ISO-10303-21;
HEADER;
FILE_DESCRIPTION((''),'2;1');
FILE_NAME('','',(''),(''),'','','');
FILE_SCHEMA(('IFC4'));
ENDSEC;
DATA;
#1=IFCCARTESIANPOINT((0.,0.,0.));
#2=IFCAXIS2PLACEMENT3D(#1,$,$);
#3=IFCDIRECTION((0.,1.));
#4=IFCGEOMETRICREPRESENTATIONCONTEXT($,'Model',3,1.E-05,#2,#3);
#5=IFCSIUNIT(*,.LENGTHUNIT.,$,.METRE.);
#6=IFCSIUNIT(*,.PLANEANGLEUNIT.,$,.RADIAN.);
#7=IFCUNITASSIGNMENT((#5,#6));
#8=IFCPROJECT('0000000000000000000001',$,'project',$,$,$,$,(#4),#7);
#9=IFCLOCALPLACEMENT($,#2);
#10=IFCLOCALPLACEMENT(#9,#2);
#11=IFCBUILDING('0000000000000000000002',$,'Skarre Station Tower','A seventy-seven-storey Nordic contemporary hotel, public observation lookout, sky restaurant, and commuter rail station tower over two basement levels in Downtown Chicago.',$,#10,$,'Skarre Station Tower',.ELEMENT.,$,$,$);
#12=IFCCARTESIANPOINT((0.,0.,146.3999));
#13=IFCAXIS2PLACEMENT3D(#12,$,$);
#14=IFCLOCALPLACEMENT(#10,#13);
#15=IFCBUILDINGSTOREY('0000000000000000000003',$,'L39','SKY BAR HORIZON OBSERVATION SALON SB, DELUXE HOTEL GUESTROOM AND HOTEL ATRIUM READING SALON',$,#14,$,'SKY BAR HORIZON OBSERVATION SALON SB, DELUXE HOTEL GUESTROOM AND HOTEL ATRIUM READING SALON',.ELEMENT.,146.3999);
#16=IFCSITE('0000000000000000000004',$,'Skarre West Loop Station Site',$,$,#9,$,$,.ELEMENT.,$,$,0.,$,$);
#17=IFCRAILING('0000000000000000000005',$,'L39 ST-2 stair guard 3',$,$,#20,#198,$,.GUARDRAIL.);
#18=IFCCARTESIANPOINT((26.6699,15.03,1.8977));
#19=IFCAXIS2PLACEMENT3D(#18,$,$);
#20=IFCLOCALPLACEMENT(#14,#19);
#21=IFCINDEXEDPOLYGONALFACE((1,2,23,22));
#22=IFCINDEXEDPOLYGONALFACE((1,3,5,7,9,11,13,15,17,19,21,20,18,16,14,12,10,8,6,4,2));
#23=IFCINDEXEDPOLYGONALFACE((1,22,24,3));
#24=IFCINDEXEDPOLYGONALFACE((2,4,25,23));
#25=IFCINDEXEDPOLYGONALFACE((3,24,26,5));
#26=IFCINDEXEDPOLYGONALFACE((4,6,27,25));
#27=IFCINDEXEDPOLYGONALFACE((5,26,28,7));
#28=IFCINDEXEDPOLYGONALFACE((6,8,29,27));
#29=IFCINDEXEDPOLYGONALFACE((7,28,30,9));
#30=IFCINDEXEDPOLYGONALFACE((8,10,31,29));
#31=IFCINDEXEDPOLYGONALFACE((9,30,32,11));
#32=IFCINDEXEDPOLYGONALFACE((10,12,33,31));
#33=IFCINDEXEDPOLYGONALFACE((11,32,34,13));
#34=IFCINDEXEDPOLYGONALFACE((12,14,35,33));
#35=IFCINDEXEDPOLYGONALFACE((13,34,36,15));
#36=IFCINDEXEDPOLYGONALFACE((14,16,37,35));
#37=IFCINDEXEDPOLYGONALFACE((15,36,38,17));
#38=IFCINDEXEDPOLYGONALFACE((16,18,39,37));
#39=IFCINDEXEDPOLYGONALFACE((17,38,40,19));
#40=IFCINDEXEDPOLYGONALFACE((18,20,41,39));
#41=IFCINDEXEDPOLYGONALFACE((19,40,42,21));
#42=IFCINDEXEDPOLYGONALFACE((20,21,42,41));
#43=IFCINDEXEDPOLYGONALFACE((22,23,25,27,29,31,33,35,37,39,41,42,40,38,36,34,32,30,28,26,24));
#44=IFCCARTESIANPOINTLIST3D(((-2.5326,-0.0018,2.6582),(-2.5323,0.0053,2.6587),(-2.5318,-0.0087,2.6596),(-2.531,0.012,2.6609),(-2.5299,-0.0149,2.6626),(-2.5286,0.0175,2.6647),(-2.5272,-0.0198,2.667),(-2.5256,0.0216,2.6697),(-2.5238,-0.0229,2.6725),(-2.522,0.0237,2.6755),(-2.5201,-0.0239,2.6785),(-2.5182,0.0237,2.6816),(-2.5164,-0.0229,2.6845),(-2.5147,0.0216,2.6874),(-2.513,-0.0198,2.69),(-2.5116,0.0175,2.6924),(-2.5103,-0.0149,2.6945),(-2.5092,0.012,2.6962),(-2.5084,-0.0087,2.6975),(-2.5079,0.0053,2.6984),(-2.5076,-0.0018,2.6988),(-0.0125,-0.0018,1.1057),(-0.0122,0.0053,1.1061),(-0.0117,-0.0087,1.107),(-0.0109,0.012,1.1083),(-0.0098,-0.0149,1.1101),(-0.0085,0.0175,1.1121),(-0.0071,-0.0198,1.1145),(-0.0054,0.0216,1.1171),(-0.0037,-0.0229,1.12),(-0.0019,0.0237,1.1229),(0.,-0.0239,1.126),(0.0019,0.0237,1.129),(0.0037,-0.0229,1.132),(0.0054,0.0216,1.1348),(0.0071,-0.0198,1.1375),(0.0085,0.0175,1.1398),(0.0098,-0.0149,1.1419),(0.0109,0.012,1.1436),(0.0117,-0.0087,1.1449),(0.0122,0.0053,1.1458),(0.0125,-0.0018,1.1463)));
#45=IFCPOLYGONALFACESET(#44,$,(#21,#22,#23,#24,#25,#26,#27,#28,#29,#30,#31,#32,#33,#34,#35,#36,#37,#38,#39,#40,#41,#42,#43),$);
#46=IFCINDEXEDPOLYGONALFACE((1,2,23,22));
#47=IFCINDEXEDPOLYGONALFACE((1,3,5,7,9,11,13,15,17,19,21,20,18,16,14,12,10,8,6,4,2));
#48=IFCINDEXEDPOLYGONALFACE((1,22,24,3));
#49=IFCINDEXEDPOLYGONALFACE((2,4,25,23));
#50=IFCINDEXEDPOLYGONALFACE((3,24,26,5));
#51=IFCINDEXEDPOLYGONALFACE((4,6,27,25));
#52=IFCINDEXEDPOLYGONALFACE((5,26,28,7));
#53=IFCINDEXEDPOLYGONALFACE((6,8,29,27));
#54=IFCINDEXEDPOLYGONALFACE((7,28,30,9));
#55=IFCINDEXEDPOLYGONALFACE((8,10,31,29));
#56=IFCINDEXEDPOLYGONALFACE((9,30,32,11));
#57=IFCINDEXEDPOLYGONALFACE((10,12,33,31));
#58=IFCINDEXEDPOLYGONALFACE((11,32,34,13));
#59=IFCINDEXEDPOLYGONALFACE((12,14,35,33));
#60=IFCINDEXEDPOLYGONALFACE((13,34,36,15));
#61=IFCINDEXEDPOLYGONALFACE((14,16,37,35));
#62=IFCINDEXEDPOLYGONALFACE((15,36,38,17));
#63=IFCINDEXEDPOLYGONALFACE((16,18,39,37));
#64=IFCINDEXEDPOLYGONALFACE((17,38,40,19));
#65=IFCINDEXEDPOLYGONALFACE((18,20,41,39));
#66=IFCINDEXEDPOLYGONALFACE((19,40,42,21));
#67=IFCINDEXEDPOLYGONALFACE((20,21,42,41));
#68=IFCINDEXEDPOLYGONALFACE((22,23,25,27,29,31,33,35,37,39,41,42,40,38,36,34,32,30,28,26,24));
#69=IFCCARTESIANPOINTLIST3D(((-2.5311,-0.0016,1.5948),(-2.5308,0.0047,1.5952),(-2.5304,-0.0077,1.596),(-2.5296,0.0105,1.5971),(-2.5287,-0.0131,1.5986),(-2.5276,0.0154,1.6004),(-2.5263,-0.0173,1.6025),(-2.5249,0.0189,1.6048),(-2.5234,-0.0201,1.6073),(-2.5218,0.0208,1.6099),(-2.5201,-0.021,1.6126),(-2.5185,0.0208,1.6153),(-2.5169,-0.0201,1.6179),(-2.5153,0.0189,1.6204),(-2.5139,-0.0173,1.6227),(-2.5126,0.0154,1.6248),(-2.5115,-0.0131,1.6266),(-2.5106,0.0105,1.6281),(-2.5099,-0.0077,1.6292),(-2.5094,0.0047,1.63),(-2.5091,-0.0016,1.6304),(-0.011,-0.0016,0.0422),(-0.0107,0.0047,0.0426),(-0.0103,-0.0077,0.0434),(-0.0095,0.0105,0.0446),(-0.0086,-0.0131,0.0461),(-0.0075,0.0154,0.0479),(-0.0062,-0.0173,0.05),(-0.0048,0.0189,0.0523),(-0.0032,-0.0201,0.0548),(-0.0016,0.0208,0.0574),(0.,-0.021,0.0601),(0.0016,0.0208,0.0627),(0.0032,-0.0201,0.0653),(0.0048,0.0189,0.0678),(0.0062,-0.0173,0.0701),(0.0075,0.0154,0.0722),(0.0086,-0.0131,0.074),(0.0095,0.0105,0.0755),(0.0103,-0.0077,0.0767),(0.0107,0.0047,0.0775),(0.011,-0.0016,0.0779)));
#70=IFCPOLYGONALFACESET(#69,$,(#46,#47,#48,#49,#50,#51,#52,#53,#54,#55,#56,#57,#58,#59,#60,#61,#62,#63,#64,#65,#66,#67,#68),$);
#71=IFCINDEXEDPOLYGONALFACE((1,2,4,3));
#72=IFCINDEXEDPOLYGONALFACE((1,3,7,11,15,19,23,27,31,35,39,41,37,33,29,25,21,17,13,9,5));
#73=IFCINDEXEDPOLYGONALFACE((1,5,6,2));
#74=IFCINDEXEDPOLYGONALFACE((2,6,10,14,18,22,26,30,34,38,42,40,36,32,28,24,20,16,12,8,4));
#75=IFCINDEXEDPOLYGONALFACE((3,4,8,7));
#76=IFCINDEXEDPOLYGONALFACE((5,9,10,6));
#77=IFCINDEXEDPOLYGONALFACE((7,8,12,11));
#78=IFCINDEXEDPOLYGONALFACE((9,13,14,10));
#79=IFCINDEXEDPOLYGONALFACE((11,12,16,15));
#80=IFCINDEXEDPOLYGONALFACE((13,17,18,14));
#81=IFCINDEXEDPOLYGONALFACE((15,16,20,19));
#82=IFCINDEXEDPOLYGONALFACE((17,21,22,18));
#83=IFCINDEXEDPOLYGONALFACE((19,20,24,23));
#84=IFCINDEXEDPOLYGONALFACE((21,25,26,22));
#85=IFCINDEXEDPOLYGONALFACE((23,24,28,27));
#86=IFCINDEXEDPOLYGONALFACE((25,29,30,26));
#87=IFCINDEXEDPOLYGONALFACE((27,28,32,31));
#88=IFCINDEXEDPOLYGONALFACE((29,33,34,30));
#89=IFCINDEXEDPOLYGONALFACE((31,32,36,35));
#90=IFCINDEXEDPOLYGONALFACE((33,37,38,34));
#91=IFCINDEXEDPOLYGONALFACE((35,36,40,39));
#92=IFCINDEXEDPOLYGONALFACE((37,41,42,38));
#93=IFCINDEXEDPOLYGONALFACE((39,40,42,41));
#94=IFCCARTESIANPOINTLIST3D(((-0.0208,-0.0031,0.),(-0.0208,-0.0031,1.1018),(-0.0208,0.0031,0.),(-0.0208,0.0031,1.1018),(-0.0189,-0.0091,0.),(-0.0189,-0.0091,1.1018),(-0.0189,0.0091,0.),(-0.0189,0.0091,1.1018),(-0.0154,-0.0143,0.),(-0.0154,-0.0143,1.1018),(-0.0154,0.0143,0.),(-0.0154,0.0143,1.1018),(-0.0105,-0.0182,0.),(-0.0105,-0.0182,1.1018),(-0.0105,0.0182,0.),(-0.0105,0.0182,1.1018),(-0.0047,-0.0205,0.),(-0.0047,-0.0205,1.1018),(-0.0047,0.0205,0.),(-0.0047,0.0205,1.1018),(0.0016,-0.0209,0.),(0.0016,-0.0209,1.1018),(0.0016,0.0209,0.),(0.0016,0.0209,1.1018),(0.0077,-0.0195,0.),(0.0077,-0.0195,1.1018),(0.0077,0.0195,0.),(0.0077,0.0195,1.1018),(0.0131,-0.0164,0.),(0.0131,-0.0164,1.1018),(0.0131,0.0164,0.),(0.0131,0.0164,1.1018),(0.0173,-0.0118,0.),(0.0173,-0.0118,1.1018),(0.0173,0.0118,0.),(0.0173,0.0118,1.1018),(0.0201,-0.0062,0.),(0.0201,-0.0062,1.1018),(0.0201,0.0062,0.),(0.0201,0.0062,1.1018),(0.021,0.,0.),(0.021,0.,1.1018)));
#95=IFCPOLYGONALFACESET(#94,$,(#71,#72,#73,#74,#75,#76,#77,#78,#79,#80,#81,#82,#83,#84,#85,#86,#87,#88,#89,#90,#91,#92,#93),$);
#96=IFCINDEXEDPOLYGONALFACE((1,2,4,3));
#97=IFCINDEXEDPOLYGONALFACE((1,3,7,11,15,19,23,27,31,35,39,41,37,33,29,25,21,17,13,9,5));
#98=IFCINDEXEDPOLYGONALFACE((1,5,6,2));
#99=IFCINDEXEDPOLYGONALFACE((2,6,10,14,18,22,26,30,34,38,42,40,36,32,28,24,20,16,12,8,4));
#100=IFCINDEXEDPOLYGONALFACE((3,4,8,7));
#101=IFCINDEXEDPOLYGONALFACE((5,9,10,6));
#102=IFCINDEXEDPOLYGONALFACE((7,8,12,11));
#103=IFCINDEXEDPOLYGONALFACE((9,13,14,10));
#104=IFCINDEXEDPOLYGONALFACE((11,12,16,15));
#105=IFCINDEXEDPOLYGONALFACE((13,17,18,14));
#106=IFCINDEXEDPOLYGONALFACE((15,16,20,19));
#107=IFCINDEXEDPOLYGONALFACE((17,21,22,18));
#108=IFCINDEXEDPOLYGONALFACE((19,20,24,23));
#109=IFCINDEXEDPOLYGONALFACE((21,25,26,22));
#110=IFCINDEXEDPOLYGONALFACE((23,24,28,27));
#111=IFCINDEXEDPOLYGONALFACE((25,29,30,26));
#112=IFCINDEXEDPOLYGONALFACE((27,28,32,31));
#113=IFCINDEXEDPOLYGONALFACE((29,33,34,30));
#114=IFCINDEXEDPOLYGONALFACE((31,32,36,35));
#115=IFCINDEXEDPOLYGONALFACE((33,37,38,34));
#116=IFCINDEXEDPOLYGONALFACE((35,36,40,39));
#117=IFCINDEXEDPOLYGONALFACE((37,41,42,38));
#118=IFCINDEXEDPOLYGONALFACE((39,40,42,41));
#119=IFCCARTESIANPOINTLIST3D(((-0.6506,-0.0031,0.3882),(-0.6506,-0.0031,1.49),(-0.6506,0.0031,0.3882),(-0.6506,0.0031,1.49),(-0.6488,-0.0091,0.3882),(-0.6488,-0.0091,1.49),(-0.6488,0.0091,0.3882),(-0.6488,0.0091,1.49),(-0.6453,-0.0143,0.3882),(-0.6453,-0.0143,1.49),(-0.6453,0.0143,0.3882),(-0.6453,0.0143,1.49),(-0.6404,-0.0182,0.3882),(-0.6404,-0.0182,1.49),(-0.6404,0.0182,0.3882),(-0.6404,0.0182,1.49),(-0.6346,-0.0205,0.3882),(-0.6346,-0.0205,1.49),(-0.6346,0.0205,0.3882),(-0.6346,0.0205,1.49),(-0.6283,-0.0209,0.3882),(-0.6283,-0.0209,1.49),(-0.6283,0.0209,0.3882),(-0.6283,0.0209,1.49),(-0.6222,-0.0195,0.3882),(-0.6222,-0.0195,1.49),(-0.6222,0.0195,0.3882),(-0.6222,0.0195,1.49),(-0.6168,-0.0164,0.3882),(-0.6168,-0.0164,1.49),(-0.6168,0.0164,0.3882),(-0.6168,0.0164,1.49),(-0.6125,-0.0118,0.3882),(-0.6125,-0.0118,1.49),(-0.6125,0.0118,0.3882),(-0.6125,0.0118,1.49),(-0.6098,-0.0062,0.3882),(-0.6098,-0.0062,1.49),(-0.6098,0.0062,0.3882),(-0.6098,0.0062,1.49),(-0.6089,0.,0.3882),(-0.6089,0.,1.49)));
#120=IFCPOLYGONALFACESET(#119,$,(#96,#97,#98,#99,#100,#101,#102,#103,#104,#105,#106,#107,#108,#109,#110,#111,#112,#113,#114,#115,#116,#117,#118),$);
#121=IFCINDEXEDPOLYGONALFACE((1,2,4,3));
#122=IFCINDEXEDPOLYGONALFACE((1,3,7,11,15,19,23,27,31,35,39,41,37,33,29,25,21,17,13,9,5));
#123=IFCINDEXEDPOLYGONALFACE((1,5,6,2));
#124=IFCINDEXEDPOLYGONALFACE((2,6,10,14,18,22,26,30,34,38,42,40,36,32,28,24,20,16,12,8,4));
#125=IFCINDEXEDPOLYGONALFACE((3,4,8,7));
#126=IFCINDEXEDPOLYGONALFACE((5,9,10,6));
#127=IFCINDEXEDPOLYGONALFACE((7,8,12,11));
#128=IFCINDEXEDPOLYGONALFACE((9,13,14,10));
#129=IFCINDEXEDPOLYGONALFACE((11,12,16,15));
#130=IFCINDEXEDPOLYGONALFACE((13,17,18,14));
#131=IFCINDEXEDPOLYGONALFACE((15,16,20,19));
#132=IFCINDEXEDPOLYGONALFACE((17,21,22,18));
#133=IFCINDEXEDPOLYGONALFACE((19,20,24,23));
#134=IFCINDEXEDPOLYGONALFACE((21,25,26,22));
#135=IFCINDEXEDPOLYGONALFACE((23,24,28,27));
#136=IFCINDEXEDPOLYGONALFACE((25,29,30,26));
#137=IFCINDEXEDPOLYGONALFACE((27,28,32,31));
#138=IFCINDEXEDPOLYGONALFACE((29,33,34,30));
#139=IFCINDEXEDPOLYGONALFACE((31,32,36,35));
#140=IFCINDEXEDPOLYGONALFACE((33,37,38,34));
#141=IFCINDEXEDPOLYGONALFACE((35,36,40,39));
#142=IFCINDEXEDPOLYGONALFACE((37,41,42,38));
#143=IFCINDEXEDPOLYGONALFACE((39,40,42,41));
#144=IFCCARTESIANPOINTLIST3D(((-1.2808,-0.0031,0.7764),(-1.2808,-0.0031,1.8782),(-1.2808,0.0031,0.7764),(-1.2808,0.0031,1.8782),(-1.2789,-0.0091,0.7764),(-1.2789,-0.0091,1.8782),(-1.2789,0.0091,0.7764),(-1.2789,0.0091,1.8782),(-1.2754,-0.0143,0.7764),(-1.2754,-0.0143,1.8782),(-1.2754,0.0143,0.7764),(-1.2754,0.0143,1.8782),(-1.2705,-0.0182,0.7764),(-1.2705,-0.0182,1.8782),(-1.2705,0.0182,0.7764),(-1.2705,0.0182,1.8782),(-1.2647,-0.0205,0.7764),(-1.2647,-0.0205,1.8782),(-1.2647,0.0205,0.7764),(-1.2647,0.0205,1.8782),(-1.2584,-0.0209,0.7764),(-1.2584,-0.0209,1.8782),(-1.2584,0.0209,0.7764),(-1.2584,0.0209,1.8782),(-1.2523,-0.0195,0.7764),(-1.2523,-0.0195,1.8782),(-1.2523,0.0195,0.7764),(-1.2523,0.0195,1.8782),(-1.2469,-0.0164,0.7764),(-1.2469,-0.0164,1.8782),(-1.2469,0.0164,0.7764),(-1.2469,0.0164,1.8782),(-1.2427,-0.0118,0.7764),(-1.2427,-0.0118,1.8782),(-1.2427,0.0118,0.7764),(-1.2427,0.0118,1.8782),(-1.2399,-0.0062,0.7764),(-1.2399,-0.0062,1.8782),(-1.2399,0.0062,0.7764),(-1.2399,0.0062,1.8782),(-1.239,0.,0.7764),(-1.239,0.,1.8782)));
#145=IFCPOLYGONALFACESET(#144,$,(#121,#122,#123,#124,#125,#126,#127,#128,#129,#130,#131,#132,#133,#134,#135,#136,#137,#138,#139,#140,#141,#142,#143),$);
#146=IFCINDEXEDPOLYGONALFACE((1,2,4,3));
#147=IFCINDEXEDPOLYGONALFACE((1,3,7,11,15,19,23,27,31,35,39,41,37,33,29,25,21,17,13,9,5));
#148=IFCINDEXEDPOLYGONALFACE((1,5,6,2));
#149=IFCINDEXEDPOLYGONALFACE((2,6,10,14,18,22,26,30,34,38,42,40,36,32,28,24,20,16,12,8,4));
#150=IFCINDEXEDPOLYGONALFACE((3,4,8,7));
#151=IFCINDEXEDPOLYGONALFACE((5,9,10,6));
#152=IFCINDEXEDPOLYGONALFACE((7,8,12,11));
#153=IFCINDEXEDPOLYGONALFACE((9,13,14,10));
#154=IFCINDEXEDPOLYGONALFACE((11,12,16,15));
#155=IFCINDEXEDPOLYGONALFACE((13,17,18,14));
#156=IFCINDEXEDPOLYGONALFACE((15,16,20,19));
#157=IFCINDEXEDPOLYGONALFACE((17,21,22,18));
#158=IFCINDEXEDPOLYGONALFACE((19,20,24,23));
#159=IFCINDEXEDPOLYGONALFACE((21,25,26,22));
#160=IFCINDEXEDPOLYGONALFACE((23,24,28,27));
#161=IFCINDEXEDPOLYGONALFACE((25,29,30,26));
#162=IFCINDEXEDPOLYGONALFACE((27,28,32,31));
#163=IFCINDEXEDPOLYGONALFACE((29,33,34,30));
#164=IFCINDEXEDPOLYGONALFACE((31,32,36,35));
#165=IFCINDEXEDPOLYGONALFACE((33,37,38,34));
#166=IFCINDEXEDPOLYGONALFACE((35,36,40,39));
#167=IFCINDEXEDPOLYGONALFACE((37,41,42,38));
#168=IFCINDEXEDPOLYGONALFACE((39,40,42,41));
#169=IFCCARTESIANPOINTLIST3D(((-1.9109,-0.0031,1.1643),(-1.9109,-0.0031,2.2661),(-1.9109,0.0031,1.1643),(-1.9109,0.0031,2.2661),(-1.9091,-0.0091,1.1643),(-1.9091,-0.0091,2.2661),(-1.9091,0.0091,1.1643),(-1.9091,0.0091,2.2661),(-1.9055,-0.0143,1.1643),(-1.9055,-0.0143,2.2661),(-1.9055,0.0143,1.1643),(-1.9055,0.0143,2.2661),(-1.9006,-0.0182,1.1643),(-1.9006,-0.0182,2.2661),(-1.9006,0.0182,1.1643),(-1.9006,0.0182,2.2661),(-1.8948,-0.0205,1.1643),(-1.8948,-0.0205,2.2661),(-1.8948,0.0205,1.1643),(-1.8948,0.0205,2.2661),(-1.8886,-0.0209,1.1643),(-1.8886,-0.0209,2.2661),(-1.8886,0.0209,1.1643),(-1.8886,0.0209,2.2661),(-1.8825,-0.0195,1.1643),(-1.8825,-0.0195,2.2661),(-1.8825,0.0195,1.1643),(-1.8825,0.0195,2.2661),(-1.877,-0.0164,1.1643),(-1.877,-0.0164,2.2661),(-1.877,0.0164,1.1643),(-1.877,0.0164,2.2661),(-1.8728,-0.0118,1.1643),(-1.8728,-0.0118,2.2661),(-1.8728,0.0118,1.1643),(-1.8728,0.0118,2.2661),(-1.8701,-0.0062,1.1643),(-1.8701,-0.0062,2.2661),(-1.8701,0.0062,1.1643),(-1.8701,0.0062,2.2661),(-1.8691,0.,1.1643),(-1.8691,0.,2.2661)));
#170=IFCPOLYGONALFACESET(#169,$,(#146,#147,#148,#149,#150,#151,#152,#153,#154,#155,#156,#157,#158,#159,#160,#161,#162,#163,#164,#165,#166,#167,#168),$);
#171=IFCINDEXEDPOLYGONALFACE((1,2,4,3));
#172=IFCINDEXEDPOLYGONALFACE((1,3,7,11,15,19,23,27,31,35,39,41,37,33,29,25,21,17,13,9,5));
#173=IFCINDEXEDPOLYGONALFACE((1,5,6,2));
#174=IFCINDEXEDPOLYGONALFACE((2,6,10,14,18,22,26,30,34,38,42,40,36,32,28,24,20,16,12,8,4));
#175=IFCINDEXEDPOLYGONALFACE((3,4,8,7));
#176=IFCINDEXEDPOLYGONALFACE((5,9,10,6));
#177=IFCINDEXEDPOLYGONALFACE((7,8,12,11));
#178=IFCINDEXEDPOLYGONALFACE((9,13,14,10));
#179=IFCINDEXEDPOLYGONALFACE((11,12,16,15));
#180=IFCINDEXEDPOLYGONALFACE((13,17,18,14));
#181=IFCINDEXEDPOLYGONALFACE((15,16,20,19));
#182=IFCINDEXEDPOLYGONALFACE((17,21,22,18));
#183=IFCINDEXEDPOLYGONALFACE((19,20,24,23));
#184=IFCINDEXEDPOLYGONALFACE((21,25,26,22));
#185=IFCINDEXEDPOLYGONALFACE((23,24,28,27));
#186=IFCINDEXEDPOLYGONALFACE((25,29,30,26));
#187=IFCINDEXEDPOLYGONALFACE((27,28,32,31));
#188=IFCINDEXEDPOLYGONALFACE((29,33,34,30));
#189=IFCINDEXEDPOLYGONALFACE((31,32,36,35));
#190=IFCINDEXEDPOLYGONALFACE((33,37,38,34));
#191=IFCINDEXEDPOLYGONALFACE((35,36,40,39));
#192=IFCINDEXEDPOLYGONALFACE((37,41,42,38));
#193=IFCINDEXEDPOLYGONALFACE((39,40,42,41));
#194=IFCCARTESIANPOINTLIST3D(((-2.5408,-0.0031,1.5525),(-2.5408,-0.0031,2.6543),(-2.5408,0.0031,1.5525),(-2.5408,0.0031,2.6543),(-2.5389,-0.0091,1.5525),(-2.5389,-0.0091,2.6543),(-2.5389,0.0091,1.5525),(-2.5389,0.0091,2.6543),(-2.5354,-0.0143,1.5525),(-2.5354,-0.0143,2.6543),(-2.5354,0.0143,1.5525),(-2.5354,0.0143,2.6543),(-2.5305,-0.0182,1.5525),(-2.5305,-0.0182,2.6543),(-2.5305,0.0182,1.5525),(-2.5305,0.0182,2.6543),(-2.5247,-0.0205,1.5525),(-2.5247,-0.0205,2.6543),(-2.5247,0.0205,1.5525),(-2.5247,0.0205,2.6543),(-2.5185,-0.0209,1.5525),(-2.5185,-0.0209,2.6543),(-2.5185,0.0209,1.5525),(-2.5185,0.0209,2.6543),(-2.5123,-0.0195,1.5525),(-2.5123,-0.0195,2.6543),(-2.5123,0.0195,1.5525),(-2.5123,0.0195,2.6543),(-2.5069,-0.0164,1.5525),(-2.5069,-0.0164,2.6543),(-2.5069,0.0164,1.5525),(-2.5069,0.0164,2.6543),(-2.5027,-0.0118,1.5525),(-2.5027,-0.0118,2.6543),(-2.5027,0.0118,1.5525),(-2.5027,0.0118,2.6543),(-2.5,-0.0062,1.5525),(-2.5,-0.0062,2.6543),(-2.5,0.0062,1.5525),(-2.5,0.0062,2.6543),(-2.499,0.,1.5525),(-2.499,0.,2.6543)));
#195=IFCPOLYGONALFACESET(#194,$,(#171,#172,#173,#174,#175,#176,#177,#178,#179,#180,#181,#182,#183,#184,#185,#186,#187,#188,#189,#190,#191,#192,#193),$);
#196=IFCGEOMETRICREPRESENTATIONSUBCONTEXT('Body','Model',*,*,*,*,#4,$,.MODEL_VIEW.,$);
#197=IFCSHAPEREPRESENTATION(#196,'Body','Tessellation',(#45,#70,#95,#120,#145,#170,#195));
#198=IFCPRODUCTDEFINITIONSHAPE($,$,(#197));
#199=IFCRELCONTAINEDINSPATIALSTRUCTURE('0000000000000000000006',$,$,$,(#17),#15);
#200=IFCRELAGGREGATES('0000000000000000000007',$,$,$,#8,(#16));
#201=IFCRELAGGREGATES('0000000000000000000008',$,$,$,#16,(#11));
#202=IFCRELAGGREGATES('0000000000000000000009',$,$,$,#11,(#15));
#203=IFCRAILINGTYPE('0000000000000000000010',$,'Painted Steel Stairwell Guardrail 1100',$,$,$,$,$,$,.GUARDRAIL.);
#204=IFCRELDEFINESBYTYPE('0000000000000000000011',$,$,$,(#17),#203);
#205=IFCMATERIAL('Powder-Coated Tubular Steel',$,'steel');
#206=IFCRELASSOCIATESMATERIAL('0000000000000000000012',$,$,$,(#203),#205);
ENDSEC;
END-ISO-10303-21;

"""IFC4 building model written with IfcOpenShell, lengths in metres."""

from ifc_helpers import new_model, si_unit, direction, frame, origin, origin_2d, place, context, subcontext, project, spatial, circle, extrude, material, type_object, element, save


model = new_model("IFC4")

# Units and contexts
model_context = context("Model", 3, precision=1e-05, world=origin(), true_north=direction((0.0, 1.0)))
body_context = subcontext(model_context, "Body", "Model", "MODEL_VIEW")
ifc_project = project(units=[si_unit("LENGTHUNIT", "METRE"), si_unit("PLANEANGLEUNIT", "RADIAN")], contexts=[model_context])

# Site, building, storey
site_placement = place(None, origin())
site = spatial("IfcSite", under=ifc_project, at=site_placement, Name="Skarre West Loop Station Site", CompositionType="ELEMENT", RefElevation=0.0)
building_placement = place(site_placement, origin())
building = spatial("IfcBuilding", under=site, at=building_placement, Name="Skarre Station Tower", Description="A seventy-seven-storey Nordic contemporary hotel, public observation lookout, sky restaurant, and commuter rail station tower over two basement levels in Downtown Chicago.", LongName="Skarre Station Tower", CompositionType="ELEMENT")
storey_placement = place(building_placement, frame((0.0, 0.0, 146.3999)))
storey = spatial("IfcBuildingStorey", under=building, at=storey_placement, Name="L39", Description="SKY BAR HORIZON OBSERVATION SALON SB, DELUXE HOTEL GUESTROOM AND HOTEL ATRIUM READING SALON", LongName="SKY BAR HORIZON OBSERVATION SALON SB, DELUXE HOTEL GUESTROOM AND HOTEL ATRIUM READING SALON", CompositionType="ELEMENT", Elevation=146.3999)

# Railing
ifc_material_1 = material(Name="Powder-Coated Tubular Steel", Category="steel")
railing_type_1 = type_object("IfcRailingType", Name="Painted Steel Stairwell Guardrail 1100", PredefinedType="GUARDRAIL", material=ifc_material_1)
railing_1_placement = place(storey_placement, frame((26.6699, 15.03, 1.8977)))
element("IfcRailing", 1, at=railing_1_placement, inside=storey, type_object=railing_type_1, Name="L39 ST-2 stair guard 3", PredefinedType="GUARDRAIL", context=body_context, shape_type="SweptSolid", body=[
    extrude(circle(Radius=0.0239, at=origin_2d()), frame((0.0, 0.0, 1.126), z_axis=(-0.8514, 0.0, 0.524516), x_axis=(0.0, -1.0, 0.0)), (0.0, 0.0, 1.0), 2.96),
    extrude(circle(Radius=0.021, at=origin_2d()), frame((0.0, 0.0, 0.0601), z_axis=(-0.8514, 0.0, 0.524516), x_axis=(0.0, -1.0, 0.0)), (0.0, 0.0, 1.0), 2.96),
    extrude(circle(Radius=0.021, at=origin_2d()), origin(), (0.0, 0.0, 1.0), 1.1018),
    extrude(circle(Radius=0.021, at=origin_2d()), frame((-0.6299, 0.0, 0.3882)), (0.0, 0.0, 1.0), 1.1018),
    extrude(circle(Radius=0.021, at=origin_2d()), frame((-1.26, 0.0, 0.7764)), (0.0, 0.0, 1.0), 1.1018),
    extrude(circle(Radius=0.021, at=origin_2d()), frame((-1.8901, 0.0, 1.1643)), (0.0, 0.0, 1.0), 1.1018),
    extrude(circle(Radius=0.021, at=origin_2d()), frame((-2.52, 0.0, 1.5525)), (0.0, 0.0, 1.0), 1.1018),
])

save(model, "model.ifc")
